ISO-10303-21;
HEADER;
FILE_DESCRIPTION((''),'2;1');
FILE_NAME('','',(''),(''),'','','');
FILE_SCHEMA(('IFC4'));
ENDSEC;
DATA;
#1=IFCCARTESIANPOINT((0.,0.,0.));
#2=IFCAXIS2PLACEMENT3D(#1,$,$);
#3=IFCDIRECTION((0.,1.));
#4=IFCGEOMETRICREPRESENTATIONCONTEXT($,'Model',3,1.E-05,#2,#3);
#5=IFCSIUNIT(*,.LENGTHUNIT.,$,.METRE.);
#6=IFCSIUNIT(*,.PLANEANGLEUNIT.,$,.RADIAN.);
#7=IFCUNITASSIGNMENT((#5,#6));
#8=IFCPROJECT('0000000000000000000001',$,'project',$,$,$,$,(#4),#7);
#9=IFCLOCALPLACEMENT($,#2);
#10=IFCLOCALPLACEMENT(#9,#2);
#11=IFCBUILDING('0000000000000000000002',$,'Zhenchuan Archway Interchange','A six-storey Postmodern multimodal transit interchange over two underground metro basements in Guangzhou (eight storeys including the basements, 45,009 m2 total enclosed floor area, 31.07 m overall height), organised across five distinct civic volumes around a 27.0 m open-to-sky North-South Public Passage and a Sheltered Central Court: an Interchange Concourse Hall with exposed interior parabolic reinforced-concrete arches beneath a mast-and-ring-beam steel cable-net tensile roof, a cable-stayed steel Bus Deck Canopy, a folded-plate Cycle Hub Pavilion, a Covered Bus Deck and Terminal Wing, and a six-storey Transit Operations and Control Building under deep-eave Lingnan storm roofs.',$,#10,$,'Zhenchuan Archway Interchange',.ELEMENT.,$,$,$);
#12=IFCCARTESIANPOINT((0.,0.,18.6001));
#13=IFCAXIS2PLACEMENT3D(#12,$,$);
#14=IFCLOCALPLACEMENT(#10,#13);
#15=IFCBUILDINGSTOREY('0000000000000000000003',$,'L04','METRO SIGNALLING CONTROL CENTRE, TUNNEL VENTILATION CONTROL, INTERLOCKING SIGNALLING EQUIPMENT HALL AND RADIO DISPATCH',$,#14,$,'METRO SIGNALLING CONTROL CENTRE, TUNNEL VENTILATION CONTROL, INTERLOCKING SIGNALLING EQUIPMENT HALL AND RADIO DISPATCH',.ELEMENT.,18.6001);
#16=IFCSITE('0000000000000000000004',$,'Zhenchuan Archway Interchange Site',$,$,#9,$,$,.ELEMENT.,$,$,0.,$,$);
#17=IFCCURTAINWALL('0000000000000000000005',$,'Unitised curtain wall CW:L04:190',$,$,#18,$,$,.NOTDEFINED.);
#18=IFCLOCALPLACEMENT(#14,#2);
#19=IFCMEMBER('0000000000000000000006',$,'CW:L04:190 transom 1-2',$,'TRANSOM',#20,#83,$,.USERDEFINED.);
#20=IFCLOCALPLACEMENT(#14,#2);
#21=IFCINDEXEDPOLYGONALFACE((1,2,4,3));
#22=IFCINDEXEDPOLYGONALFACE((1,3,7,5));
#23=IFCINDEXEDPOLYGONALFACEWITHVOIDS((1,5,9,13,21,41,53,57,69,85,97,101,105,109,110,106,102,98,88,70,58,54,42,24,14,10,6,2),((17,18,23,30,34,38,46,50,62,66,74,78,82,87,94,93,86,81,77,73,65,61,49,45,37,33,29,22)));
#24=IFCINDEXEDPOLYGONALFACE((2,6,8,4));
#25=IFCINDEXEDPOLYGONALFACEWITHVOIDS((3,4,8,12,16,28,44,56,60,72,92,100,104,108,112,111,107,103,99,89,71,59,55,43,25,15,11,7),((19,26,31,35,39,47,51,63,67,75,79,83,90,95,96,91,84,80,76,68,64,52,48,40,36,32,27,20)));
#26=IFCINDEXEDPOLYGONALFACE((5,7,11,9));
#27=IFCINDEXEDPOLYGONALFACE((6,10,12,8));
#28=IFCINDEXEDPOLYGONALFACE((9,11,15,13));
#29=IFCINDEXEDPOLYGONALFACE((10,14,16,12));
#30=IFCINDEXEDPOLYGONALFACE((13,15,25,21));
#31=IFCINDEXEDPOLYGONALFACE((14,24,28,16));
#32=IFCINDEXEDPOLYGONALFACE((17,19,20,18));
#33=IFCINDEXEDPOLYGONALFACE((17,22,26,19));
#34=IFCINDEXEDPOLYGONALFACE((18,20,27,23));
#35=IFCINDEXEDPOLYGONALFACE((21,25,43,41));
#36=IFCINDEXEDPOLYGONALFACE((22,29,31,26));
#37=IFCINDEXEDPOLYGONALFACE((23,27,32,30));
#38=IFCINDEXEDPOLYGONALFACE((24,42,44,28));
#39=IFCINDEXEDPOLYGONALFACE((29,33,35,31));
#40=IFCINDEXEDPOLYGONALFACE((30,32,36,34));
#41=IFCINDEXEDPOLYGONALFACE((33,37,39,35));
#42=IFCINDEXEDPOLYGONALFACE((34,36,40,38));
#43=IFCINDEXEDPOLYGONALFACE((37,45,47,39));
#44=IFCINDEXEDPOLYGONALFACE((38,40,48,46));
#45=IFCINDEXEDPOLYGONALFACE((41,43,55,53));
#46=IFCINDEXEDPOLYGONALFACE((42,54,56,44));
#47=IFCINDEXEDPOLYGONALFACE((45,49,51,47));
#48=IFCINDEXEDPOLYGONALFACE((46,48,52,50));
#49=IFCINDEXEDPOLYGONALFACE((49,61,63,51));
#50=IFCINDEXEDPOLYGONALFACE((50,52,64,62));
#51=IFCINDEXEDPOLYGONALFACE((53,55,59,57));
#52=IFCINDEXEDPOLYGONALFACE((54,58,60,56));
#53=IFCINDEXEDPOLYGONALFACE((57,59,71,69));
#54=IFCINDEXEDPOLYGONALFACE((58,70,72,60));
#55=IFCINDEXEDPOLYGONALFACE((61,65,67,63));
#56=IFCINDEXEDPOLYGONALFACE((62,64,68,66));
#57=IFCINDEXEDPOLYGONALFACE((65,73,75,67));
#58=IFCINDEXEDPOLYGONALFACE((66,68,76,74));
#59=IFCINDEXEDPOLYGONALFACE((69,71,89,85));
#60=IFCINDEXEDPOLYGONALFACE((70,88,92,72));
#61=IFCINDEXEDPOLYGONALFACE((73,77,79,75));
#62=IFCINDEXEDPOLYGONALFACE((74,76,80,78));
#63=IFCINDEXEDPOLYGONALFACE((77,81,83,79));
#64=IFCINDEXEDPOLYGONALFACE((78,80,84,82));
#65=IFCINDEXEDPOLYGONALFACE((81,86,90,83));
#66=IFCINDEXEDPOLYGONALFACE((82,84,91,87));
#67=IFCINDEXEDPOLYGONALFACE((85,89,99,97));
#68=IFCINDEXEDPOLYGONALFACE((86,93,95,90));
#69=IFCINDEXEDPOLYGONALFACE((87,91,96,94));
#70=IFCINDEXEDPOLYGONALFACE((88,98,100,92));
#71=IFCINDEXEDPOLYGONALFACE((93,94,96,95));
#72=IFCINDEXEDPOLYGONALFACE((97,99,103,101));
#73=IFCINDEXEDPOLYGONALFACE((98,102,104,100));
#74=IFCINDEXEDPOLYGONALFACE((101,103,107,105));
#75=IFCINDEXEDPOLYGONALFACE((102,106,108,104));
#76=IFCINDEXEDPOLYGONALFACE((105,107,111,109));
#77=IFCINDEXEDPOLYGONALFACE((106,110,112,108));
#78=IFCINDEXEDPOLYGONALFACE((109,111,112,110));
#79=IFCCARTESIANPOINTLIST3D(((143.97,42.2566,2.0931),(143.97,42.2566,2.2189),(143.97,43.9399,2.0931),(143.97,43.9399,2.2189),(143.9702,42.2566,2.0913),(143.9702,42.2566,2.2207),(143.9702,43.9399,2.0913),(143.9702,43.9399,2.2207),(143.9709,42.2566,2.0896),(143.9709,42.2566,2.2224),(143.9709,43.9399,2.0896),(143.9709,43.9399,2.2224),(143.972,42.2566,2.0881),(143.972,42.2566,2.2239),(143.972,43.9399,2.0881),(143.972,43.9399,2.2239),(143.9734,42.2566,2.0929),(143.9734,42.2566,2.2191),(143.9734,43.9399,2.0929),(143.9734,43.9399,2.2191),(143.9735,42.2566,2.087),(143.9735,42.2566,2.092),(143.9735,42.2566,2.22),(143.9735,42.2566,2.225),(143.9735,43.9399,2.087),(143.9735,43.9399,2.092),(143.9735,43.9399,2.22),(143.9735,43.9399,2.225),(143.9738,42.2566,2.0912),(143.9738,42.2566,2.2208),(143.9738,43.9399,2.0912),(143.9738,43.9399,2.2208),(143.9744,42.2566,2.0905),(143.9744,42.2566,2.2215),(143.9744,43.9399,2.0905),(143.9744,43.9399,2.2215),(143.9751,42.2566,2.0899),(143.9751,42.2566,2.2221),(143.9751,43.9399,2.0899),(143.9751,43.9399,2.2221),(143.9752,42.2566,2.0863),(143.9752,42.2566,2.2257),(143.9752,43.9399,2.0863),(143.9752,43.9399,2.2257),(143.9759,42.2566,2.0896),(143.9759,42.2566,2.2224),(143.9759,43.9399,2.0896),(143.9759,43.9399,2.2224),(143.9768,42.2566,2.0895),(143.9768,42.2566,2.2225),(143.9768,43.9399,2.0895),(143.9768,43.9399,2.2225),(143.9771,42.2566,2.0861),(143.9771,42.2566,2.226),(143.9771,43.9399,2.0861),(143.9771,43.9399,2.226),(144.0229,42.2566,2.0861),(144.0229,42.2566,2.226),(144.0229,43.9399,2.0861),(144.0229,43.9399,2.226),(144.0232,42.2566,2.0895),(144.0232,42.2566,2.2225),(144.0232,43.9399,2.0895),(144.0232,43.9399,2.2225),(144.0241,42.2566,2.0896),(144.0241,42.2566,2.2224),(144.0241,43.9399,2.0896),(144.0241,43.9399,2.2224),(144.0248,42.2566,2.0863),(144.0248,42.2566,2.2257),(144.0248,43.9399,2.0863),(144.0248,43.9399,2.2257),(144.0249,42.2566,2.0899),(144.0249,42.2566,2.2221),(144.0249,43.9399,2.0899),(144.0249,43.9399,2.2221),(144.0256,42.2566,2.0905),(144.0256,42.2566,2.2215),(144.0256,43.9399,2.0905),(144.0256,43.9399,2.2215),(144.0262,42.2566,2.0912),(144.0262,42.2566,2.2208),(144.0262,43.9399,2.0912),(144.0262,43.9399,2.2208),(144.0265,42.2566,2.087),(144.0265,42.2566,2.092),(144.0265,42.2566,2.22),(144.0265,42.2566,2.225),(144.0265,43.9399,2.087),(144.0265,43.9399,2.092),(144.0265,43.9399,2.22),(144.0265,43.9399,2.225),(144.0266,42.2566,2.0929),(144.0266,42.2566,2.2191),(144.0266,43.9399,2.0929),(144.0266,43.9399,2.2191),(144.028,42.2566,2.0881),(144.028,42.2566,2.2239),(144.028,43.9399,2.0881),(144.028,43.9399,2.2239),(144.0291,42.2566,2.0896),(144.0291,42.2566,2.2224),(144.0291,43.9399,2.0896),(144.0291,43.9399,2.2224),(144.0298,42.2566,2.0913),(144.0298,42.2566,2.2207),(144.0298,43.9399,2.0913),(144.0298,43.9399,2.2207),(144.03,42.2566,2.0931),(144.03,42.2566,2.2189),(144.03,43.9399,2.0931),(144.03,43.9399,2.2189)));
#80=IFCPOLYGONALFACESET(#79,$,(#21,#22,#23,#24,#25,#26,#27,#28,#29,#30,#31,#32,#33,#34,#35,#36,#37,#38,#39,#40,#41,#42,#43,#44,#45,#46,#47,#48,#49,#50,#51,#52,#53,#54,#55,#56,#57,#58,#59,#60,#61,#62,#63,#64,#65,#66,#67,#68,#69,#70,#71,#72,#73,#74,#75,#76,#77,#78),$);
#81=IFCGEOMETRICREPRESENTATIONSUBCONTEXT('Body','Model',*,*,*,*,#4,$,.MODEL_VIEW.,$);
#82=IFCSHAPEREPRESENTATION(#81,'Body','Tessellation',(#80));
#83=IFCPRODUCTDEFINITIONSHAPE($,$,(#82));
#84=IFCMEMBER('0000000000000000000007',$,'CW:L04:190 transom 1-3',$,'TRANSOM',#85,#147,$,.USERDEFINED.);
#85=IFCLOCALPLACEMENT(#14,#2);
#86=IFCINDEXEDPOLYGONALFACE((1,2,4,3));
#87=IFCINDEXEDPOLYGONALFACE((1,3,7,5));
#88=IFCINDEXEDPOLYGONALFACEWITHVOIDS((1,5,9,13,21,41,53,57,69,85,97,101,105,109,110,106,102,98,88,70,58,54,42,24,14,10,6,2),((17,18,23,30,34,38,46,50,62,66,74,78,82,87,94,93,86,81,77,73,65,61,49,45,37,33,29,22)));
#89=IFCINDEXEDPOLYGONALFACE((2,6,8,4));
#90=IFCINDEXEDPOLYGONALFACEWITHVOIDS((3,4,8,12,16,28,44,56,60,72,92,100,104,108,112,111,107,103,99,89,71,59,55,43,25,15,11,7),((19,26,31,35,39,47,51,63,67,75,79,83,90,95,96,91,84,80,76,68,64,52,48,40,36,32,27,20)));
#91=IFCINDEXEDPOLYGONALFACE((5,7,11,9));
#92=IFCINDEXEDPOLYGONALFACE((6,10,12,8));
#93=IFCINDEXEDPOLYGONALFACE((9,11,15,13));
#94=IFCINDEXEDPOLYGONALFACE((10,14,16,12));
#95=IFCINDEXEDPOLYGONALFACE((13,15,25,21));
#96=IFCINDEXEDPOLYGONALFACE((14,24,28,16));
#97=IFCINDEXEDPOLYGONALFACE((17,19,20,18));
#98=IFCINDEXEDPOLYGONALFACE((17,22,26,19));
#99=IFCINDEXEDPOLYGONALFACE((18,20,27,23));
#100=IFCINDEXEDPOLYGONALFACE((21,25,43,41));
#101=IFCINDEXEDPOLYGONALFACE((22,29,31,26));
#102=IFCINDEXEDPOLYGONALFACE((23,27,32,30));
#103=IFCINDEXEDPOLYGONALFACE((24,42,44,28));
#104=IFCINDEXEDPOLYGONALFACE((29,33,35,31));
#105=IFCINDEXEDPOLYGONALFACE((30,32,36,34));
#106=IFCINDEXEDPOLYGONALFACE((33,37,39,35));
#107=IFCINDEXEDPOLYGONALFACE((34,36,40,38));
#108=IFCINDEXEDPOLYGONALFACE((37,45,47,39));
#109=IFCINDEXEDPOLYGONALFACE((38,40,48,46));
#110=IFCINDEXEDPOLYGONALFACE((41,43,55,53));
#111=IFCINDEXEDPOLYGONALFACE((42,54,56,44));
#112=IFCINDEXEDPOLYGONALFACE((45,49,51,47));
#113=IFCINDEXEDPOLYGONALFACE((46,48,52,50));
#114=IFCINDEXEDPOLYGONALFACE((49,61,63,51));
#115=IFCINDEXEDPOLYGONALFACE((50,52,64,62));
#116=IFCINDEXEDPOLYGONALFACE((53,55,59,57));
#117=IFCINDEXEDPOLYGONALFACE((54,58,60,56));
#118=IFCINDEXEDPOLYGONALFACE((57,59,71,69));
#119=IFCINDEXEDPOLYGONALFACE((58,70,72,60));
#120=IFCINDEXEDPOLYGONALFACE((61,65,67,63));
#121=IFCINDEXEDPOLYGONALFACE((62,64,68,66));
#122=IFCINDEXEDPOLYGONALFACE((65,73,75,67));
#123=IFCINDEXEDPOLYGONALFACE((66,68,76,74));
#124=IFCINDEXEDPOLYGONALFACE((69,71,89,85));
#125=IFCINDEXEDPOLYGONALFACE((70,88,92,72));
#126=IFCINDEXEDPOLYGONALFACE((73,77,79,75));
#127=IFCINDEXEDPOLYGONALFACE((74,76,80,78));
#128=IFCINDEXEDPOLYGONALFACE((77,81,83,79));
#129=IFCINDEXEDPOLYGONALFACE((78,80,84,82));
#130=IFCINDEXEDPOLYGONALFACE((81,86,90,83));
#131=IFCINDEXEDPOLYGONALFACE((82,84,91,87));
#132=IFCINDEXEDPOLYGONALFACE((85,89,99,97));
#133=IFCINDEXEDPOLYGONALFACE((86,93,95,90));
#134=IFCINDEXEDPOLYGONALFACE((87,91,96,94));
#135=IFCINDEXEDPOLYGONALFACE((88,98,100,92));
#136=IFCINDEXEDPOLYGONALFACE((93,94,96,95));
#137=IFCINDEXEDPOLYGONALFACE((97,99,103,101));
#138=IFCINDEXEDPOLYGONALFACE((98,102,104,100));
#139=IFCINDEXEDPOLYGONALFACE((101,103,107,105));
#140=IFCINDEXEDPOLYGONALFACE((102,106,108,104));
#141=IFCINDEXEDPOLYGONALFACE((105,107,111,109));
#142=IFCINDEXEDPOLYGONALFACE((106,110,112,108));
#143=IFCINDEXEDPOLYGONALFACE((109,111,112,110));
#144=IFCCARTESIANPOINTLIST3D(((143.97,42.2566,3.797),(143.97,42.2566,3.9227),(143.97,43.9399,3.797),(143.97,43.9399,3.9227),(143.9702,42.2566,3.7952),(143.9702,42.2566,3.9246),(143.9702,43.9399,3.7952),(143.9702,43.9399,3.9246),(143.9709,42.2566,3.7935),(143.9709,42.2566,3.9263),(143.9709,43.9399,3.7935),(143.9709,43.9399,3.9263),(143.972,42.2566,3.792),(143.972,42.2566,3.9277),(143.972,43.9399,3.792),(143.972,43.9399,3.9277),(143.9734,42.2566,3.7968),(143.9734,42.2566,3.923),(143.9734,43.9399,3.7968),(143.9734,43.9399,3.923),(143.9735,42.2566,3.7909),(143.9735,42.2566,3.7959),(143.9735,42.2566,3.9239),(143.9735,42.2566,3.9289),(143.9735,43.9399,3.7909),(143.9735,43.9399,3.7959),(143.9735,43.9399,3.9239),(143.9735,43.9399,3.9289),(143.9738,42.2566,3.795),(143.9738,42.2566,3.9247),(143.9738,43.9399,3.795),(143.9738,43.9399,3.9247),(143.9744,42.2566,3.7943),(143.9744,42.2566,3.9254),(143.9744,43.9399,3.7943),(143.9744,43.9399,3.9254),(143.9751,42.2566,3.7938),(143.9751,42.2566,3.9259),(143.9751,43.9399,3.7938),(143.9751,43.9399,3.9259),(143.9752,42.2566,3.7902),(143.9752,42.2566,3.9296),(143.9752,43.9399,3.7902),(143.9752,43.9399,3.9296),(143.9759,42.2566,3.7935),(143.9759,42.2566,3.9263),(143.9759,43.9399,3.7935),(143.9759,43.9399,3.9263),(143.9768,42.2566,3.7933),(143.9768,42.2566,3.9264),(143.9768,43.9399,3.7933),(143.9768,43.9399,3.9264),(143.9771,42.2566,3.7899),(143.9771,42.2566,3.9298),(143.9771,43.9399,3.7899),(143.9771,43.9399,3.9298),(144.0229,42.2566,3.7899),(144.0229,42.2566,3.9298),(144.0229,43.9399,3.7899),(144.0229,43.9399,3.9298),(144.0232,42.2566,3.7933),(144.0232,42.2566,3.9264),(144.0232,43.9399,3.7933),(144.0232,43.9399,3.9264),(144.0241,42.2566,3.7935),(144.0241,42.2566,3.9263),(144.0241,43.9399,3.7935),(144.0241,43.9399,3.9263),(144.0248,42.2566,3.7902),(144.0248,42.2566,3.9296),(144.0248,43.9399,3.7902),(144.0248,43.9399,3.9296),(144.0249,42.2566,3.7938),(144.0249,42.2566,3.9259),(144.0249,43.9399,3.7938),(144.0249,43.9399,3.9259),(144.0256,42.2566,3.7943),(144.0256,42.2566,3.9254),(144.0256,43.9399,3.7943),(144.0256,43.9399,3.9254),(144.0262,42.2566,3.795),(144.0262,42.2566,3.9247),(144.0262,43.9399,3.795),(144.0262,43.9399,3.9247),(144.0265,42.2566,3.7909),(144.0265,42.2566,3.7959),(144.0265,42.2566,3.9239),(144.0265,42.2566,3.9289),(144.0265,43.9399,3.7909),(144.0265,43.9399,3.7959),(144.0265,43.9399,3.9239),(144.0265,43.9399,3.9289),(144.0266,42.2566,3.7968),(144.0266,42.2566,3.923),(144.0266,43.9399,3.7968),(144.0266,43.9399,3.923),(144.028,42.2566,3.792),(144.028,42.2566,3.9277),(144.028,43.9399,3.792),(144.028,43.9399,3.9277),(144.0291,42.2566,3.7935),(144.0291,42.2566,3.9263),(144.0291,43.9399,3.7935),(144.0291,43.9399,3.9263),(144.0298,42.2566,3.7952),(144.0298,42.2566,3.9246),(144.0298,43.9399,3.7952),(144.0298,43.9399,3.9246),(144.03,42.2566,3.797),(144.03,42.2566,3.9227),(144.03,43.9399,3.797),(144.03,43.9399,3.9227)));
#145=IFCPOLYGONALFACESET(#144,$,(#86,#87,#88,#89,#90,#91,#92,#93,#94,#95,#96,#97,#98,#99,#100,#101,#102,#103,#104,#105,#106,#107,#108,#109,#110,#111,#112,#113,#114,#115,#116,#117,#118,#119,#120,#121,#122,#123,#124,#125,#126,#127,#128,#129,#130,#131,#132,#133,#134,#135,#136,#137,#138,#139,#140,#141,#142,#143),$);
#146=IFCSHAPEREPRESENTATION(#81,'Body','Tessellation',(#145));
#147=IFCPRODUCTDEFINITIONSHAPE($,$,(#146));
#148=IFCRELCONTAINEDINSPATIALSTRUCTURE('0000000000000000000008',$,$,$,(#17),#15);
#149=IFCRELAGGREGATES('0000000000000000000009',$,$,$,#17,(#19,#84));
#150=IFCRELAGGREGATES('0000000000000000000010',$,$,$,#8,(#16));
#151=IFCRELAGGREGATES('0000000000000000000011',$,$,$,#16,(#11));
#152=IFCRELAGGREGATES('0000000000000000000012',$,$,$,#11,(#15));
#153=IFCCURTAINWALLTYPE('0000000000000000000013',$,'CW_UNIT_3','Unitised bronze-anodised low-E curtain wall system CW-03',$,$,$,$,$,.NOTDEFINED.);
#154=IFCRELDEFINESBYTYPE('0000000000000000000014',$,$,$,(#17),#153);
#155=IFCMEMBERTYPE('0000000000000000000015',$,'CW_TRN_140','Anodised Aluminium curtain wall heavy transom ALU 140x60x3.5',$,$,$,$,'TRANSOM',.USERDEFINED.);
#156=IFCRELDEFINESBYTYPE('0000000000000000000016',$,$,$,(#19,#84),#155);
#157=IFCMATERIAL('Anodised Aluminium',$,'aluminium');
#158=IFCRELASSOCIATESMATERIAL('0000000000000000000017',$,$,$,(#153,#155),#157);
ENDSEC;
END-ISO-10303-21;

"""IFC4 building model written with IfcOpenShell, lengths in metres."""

from ifc_helpers import new_model, si_unit, direction, frame, origin, origin_2d, place, context, subcontext, project, spatial, hollow_rectangle, extrude, material, material_profile, profile_set, type_object, element, aggregate, save


model = new_model("IFC4")

# Units and contexts
model_context = context("Model", 3, precision=1e-05, world=origin(), true_north=direction((0.0, 1.0)))
body_context = subcontext(model_context, "Body", "Model", "MODEL_VIEW")
ifc_project = project(units=[si_unit("LENGTHUNIT", "METRE"), si_unit("PLANEANGLEUNIT", "RADIAN")], contexts=[model_context])

# Site, building, storey
site_placement = place(None, origin())
site = spatial("IfcSite", under=ifc_project, at=site_placement, Name="Zhenchuan Archway Interchange Site", CompositionType="ELEMENT", RefElevation=0.0)
building_placement = place(site_placement, origin())
building = spatial("IfcBuilding", under=site, at=building_placement, Name="Zhenchuan Archway Interchange", Description="A six-storey Postmodern multimodal transit interchange over two underground metro basements in Guangzhou (eight storeys including the basements, 45,009 m2 total enclosed floor area, 31.07 m overall height), organised across five distinct civic volumes around a 27.0 m open-to-sky North-South Public Passage and a Sheltered Central Court: an Interchange Concourse Hall with exposed interior parabolic reinforced-concrete arches beneath a mast-and-ring-beam steel cable-net tensile roof, a cable-stayed steel Bus Deck Canopy, a folded-plate Cycle Hub Pavilion, a Covered Bus Deck and Terminal Wing, and a six-storey Transit Operations and Control Building under deep-eave Lingnan storm roofs.", LongName="Zhenchuan Archway Interchange", CompositionType="ELEMENT")
storey_placement = place(building_placement, frame((0.0, 0.0, 18.6001)))
storey = spatial("IfcBuildingStorey", under=building, at=storey_placement, Name="L04", Description="METRO SIGNALLING CONTROL CENTRE, TUNNEL VENTILATION CONTROL, INTERLOCKING SIGNALLING EQUIPMENT HALL AND RADIO DISPATCH", LongName="METRO SIGNALLING CONTROL CENTRE, TUNNEL VENTILATION CONTROL, INTERLOCKING SIGNALLING EQUIPMENT HALL AND RADIO DISPATCH", CompositionType="ELEMENT", Elevation=18.6001)

# Curtain wall, members
ifc_material_1 = material(Name="Anodised Aluminium", Category="aluminium")
curtain_wall_type = type_object("IfcCurtainWallType", Name="CW_UNIT_3", Description="Unitised bronze-anodised low-E curtain wall system CW-03", PredefinedType="NOTDEFINED", material=ifc_material_1)
curtain_wall_placement = place(storey_placement, origin())
curtain_wall = element("IfcCurtainWall", 1, at=curtain_wall_placement, inside=storey, type_object=curtain_wall_type, Name="Unitised curtain wall CW:L04:190", PredefinedType="NOTDEFINED")
ifc_material_profile_1 = material_profile(ifc_material_1, hollow_rectangle(XDim=0.0601, YDim=0.1399, WallThickness=0.0034, InnerFilletRadius=0.0034, OuterFilletRadius=0.0071, at=origin_2d()), Name="ALU 140x60x3.5")
ifc_profile_set_1 = profile_set([ifc_material_profile_1], Name="Anodised Aluminium")
member_type_1 = type_object("IfcMemberType", Name="CW_TRN_140", Description="Anodised Aluminium curtain wall heavy transom ALU 140x60x3.5", ElementType="TRANSOM", PredefinedType="USERDEFINED", material=ifc_profile_set_1)
member_1_placement = place(storey_placement, frame((144.0, 42.2566, 2.156), z_axis=(0.0, 1.0, 0.0), x_axis=(-1.0, 0.0, 0.0)))
member_1 = element("IfcMember", 2, at=member_1_placement, type_object=member_type_1, Name="CW:L04:190 transom 1-2", ObjectType="TRANSOM", PredefinedType="USERDEFINED", context=body_context, shape_type="SweptSolid", body=[
    extrude(hollow_rectangle(XDim=0.0601, YDim=0.1399, WallThickness=0.0034, InnerFilletRadius=0.0034, OuterFilletRadius=0.0071, at=origin_2d()), origin(), (0.0, 0.0, 1.0), 1.6833),
])
member_2_placement = place(storey_placement, frame((144.0, 42.2566, 3.8599), z_axis=(0.0, 1.0, 0.0), x_axis=(-1.0, 0.0, 0.0)))
member_2 = element("IfcMember", 3, at=member_2_placement, type_object=member_type_1, Name="CW:L04:190 transom 1-3", ObjectType="TRANSOM", PredefinedType="USERDEFINED", context=body_context, shape_type="SweptSolid", body=[
    extrude(hollow_rectangle(XDim=0.0601, YDim=0.1399, WallThickness=0.0034, InnerFilletRadius=0.0034, OuterFilletRadius=0.0071, at=origin_2d()), origin(), (0.0, 0.0, 1.0), 1.6833),
])

aggregate(curtain_wall, [member_1, member_2])

save(model, "model.ifc")
